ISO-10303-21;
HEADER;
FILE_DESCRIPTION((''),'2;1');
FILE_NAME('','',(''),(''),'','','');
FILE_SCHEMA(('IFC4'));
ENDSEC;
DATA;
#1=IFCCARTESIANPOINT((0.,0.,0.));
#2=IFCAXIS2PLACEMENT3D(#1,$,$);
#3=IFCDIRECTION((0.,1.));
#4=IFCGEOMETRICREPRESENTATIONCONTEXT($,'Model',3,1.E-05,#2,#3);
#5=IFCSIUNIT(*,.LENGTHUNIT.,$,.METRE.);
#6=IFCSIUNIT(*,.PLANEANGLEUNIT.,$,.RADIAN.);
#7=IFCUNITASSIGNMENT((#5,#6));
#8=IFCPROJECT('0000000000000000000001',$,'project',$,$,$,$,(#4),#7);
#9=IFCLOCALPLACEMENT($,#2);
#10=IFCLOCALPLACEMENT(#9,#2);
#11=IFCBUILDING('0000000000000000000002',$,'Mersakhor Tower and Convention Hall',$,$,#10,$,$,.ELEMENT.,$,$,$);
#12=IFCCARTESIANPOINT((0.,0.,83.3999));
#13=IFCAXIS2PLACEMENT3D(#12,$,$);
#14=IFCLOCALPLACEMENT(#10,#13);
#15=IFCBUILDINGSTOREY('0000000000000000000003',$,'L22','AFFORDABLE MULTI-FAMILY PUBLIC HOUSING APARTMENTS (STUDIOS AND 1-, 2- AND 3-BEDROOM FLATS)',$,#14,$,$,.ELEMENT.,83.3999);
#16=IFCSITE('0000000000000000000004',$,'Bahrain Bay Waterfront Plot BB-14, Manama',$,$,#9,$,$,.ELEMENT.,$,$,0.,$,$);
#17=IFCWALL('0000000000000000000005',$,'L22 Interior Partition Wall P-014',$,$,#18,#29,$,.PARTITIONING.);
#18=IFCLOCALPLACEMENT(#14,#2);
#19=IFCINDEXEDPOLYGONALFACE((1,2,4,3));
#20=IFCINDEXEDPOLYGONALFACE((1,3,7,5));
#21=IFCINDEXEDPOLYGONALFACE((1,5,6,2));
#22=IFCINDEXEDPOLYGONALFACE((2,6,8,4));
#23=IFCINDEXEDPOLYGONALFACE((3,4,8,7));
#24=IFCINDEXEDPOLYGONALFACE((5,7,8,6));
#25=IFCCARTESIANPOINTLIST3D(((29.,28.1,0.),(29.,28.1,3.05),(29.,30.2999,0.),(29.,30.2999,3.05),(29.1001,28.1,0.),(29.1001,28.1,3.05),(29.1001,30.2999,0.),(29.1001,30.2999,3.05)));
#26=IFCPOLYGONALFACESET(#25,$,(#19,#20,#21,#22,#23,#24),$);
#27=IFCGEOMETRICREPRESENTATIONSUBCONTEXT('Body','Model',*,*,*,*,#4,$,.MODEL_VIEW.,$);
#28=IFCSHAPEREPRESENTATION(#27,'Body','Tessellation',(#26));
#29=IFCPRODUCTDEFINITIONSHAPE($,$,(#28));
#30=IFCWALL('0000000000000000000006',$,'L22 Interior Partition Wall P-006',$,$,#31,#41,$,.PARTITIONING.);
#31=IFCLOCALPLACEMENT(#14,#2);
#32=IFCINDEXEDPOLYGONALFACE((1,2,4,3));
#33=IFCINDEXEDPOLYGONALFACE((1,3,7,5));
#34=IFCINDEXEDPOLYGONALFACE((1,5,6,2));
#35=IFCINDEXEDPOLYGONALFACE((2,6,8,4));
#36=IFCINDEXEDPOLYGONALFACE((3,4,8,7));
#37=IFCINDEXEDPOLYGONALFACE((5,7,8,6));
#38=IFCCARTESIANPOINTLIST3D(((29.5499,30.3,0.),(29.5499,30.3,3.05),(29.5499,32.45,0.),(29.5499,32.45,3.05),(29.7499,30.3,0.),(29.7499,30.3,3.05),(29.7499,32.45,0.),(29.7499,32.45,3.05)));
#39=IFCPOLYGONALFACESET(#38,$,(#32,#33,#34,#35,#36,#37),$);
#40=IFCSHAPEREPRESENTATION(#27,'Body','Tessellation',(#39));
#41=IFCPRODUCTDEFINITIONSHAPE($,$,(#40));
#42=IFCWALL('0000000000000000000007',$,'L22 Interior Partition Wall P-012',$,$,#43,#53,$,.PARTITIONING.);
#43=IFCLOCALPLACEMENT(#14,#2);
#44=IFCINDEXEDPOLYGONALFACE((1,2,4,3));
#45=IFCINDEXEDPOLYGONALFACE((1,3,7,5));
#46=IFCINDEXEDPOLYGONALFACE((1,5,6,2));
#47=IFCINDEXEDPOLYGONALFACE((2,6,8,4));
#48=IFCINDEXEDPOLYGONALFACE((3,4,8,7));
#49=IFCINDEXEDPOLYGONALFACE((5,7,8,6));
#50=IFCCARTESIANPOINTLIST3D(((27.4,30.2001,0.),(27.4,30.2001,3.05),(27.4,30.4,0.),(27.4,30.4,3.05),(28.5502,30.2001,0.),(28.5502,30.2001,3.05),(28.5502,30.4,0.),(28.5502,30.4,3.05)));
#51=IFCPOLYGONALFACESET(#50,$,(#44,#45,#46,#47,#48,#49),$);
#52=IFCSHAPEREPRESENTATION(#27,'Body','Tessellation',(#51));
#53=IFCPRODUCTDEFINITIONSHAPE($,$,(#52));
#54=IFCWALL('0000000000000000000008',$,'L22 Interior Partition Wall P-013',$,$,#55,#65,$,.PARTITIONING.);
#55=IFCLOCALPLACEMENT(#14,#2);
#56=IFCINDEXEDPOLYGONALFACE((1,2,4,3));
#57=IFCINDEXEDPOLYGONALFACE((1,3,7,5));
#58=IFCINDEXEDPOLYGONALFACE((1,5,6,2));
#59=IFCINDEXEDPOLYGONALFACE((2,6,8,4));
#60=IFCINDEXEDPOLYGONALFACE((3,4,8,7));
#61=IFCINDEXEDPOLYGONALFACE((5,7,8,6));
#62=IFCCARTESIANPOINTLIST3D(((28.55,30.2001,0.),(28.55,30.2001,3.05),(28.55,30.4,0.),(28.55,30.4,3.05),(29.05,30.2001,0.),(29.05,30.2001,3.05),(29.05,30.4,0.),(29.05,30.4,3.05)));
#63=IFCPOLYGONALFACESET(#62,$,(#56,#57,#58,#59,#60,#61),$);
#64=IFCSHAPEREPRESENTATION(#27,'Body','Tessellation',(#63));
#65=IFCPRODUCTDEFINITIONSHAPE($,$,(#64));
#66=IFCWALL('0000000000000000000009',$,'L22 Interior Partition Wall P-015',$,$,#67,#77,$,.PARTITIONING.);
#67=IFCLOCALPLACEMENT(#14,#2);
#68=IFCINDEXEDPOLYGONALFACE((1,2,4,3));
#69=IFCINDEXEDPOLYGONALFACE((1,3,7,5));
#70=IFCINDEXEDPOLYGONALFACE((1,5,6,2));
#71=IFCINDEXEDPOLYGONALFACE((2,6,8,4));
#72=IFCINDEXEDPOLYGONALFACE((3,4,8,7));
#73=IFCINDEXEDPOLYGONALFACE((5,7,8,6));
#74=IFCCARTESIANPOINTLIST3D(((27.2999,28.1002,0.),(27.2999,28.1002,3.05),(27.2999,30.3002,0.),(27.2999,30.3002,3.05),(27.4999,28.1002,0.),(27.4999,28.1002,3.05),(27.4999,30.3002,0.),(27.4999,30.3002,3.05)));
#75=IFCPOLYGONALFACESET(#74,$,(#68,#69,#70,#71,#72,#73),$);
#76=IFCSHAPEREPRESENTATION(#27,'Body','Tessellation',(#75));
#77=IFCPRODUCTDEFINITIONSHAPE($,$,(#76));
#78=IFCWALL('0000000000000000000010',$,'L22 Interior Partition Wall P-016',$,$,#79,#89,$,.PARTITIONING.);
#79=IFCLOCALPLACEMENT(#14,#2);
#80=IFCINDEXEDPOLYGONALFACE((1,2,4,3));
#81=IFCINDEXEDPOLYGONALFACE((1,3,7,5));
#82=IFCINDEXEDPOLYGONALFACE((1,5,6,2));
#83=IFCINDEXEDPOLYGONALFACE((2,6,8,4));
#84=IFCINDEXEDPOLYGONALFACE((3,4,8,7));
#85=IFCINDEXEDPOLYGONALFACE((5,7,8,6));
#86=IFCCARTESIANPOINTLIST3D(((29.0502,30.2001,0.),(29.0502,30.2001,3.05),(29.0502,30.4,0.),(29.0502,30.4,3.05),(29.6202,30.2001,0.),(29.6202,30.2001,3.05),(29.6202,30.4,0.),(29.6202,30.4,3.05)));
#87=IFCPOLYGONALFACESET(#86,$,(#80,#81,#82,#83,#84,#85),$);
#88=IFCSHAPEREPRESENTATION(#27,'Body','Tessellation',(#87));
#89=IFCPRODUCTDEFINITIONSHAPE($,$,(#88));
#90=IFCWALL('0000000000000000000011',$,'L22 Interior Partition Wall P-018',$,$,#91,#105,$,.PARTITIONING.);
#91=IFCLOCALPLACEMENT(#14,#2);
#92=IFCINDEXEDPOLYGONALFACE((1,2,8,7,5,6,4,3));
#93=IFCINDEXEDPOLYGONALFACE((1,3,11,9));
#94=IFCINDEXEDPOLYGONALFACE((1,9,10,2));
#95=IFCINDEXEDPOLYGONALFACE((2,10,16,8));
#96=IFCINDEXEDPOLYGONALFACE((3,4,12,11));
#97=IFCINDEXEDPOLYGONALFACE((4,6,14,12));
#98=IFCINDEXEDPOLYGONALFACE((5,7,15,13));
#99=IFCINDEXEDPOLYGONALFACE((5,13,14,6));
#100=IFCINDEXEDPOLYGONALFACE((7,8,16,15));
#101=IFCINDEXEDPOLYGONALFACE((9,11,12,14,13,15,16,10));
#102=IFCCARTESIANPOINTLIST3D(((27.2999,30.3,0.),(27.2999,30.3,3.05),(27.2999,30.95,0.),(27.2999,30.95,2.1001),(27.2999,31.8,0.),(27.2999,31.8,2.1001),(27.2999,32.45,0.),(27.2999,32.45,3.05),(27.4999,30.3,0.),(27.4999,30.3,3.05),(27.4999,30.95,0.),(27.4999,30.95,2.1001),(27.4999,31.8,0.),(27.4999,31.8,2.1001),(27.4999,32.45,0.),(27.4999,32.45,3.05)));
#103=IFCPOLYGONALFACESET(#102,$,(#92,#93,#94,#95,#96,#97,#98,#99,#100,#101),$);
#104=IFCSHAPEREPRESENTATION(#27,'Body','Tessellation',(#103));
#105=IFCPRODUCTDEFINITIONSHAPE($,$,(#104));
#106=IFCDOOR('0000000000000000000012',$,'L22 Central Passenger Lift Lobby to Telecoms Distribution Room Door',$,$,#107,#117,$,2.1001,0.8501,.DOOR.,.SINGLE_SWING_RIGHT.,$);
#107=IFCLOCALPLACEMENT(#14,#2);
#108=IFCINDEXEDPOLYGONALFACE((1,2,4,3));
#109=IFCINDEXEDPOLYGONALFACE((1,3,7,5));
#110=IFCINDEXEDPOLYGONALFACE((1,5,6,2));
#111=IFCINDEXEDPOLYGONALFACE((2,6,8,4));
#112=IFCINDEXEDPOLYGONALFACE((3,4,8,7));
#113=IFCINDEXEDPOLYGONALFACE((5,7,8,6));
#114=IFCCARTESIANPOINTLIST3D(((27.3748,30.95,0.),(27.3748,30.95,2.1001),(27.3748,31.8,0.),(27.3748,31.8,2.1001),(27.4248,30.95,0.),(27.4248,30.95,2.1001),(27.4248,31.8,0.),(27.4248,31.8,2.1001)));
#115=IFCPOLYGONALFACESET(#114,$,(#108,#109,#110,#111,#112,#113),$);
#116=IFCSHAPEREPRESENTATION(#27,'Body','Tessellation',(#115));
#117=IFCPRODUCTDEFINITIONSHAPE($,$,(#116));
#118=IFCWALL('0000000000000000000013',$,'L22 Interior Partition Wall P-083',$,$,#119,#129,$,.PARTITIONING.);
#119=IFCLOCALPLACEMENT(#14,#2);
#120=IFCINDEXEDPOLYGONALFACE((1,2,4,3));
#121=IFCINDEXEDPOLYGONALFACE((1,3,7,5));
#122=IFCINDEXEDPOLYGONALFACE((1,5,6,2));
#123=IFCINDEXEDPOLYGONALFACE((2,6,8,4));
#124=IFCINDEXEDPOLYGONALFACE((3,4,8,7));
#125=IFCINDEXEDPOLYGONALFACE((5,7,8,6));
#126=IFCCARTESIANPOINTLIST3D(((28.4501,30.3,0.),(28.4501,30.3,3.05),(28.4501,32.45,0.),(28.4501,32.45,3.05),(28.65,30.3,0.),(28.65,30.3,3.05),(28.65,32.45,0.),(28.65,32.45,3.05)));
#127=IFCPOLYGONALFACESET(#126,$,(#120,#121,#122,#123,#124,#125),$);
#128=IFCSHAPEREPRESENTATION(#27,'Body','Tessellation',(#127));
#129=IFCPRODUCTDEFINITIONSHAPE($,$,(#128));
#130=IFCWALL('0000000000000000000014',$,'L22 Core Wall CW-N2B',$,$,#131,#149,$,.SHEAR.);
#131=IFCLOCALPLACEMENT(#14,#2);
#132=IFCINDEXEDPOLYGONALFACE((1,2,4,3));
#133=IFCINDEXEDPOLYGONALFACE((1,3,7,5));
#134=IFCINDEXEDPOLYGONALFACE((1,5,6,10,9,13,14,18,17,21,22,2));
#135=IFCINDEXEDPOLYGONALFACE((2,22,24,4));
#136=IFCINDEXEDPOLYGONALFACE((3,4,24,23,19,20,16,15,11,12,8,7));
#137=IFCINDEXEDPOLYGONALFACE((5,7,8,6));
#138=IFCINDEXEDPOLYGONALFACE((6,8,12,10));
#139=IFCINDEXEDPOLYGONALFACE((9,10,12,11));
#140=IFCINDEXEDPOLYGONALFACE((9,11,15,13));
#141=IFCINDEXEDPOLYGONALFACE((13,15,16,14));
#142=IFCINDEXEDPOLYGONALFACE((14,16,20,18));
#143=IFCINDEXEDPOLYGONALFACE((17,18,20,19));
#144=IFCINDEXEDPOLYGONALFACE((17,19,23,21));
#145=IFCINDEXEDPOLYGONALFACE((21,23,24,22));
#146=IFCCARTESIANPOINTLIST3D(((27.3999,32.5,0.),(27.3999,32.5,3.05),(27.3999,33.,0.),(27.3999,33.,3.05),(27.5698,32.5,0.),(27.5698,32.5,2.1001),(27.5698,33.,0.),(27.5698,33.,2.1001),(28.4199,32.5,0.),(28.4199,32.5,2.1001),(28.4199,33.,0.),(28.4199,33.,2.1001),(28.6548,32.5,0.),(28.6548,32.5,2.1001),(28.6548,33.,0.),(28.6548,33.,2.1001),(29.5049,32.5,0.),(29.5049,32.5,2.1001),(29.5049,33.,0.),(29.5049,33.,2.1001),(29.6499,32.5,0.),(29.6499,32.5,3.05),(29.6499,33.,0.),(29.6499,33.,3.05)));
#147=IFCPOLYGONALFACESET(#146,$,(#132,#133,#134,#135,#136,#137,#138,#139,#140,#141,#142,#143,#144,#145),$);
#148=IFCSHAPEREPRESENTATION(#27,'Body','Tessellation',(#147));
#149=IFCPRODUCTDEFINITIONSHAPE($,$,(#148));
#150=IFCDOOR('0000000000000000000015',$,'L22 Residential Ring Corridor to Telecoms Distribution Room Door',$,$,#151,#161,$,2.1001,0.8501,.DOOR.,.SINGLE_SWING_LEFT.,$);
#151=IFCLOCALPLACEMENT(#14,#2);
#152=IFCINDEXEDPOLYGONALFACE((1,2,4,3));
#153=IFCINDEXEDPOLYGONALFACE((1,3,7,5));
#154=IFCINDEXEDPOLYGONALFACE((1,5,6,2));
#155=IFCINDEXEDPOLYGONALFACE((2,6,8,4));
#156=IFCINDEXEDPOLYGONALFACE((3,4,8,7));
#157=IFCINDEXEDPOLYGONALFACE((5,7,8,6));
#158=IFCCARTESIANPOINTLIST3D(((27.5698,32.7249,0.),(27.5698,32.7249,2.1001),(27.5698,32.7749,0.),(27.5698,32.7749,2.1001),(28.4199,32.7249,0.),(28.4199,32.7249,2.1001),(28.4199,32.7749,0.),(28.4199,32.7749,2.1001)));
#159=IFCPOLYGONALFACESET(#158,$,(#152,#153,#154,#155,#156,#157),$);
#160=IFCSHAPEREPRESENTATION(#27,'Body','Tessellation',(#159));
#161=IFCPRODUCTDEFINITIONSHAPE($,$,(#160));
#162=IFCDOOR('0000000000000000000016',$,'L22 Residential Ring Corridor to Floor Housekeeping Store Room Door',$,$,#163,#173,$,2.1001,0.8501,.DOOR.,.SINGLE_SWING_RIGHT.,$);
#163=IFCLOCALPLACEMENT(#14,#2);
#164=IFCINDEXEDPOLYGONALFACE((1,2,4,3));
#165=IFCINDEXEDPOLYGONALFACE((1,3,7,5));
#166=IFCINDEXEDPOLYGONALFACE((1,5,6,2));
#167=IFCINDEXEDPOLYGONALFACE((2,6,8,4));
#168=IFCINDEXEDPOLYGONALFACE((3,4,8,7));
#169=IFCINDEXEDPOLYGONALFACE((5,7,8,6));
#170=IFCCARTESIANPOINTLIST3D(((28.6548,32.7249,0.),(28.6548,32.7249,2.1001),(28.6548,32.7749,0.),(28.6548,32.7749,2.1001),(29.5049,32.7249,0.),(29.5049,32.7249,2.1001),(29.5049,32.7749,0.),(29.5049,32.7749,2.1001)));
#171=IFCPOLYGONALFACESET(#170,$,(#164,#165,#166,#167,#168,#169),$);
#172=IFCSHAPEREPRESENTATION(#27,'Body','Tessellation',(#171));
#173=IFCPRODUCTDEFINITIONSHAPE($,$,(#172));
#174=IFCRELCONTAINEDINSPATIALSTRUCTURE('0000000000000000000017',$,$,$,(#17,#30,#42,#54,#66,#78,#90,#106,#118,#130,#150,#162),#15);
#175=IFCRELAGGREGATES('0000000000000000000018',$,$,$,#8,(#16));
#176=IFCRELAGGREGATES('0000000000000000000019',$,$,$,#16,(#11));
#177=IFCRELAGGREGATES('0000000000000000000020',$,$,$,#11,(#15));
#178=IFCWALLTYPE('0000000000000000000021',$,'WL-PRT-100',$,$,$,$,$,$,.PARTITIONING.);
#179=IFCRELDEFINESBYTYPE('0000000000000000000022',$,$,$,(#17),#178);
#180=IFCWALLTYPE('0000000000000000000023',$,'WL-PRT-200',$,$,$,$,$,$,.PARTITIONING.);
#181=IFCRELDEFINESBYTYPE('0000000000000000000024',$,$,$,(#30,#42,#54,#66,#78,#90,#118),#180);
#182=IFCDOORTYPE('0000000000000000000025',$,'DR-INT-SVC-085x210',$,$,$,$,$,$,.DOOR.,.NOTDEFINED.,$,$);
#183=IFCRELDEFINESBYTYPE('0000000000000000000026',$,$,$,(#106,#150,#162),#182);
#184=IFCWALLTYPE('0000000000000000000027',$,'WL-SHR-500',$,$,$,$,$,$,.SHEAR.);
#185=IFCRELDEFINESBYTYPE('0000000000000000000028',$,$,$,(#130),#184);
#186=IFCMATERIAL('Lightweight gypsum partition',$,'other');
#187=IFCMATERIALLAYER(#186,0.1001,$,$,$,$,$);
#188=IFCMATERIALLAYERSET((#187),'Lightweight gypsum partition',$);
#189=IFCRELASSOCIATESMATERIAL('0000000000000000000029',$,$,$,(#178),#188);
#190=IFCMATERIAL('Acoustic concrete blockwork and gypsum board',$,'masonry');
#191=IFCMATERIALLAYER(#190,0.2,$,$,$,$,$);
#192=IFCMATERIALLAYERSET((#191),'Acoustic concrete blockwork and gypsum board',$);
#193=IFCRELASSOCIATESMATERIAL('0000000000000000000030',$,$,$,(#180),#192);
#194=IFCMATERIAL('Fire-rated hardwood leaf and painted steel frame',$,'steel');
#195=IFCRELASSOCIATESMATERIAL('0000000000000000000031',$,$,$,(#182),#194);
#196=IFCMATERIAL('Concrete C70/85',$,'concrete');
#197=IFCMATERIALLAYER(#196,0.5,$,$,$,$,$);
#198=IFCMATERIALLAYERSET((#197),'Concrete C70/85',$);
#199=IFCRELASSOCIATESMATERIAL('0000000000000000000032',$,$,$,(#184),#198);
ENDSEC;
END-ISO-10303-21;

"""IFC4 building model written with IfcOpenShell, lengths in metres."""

from ifc_helpers import new_model, si_unit, direction, frame, frame_2d, origin, place, context, subcontext, project, spatial, rectangle, extrude, material, layer, layer_set, type_object, element, fill, save


model = new_model("IFC4")

# Units and contexts
model_context = context("Model", 3, precision=1e-05, world=origin(), true_north=direction((0.0, 1.0)))
body_context = subcontext(model_context, "Body", "Model", "MODEL_VIEW")
ifc_project = project(units=[si_unit("LENGTHUNIT", "METRE"), si_unit("PLANEANGLEUNIT", "RADIAN")], contexts=[model_context])

# Site, building, storey
site_placement = place(None, origin())
site = spatial("IfcSite", under=ifc_project, at=site_placement, Name="Bahrain Bay Waterfront Plot BB-14, Manama", CompositionType="ELEMENT", RefElevation=0.0)
building_placement = place(site_placement, origin())
building = spatial("IfcBuilding", under=site, at=building_placement, Name="Mersakhor Tower and Convention Hall", CompositionType="ELEMENT")
storey_placement = place(building_placement, frame((0.0, 0.0, 83.3999)))
storey = spatial("IfcBuildingStorey", under=building, at=storey_placement, Name="L22", Description="AFFORDABLE MULTI-FAMILY PUBLIC HOUSING APARTMENTS (STUDIOS AND 1-, 2- AND 3-BEDROOM FLATS)", CompositionType="ELEMENT", Elevation=83.3999)

# Wall
ifc_material_1 = material(Name="Lightweight gypsum partition", Category="other")
ifc_layer_1 = layer(ifc_material_1, 0.1001)
ifc_layer_set_1 = layer_set([ifc_layer_1], Name="Lightweight gypsum partition")
wall_type_1 = type_object("IfcWallType", Name="WL-PRT-100", PredefinedType="PARTITIONING", material=ifc_layer_set_1)
wall_1_placement = place(storey_placement, frame((29.05, 30.3, 0.0), z_axis=(0.0, 0.0, 1.0), x_axis=(0.0, -1.0, 0.0)))
element("IfcWall", 1, at=wall_1_placement, inside=storey, type_object=wall_type_1, Name="L22 Interior Partition Wall P-014", PredefinedType="PARTITIONING", context=body_context, shape_type="SweptSolid", body=[
    extrude(rectangle(XDim=2.2, YDim=0.1001, at=frame_2d((1.1001, 0.0))), origin(), (0.0, 0.0, 1.0), 3.05),
])

# Shared definitions
ifc_material_2 = material(Name="Acoustic concrete blockwork and gypsum board", Category="masonry")
ifc_layer_2 = layer(ifc_material_2, 0.2)
ifc_layer_set_2 = layer_set([ifc_layer_2], Name="Acoustic concrete blockwork and gypsum board")
wall_type_2 = type_object("IfcWallType", Name="WL-PRT-200", PredefinedType="PARTITIONING", material=ifc_layer_set_2)

# Walls
wall_2_placement = place(storey_placement, frame((29.6499, 30.3, 0.0), z_axis=(0.0, 0.0, 1.0), x_axis=(0.0, 1.0, 0.0)))
element("IfcWall", 2, at=wall_2_placement, inside=storey, type_object=wall_type_2, Name="L22 Interior Partition Wall P-006", PredefinedType="PARTITIONING", context=body_context, shape_type="SweptSolid", body=[
    extrude(rectangle(XDim=2.1499, YDim=0.2, at=frame_2d((1.075, 0.0))), origin(), (0.0, 0.0, 1.0), 3.05),
])
wall_3_placement = place(storey_placement, frame((27.3999, 30.3, 0.0), z_axis=(0.0, 0.0, 1.0), x_axis=(1.0, 0.0, 0.0)))
element("IfcWall", 3, at=wall_3_placement, inside=storey, type_object=wall_type_2, Name="L22 Interior Partition Wall P-012", PredefinedType="PARTITIONING", context=body_context, shape_type="SweptSolid", body=[
    extrude(rectangle(XDim=1.1501, YDim=0.2, at=frame_2d((0.5752, 0.0))), origin(), (0.0, 0.0, 1.0), 3.05),
])
wall_4_placement = place(storey_placement, frame((28.55, 30.3, 0.0), z_axis=(0.0, 0.0, 1.0), x_axis=(1.0, 0.0, 0.0)))
element("IfcWall", 4, at=wall_4_placement, inside=storey, type_object=wall_type_2, Name="L22 Interior Partition Wall P-013", PredefinedType="PARTITIONING", context=body_context, shape_type="SweptSolid", body=[
    extrude(rectangle(XDim=0.5, YDim=0.2, at=frame_2d((0.25, 0.0))), origin(), (0.0, 0.0, 1.0), 3.05),
])
wall_5_placement = place(storey_placement, frame((27.3999, 28.1001, 0.0), z_axis=(0.0, 0.0, 1.0), x_axis=(0.0, 1.0, 0.0)))
element("IfcWall", 5, at=wall_5_placement, inside=storey, type_object=wall_type_2, Name="L22 Interior Partition Wall P-015", PredefinedType="PARTITIONING", context=body_context, shape_type="SweptSolid", body=[
    extrude(rectangle(XDim=2.2, YDim=0.2, at=frame_2d((1.1001, 0.0))), origin(), (0.0, 0.0, 1.0), 3.05),
])
wall_6_placement = place(storey_placement, frame((29.05, 30.3, 0.0), z_axis=(0.0, 0.0, 1.0), x_axis=(1.0, 0.0, 0.0)))
element("IfcWall", 6, at=wall_6_placement, inside=storey, type_object=wall_type_2, Name="L22 Interior Partition Wall P-016", PredefinedType="PARTITIONING", context=body_context, shape_type="SweptSolid", body=[
    extrude(rectangle(XDim=0.5701, YDim=0.2, at=frame_2d((0.2852, 0.0))), origin(), (0.0, 0.0, 1.0), 3.05),
])

# Wall, opening, door
wall_7_placement = place(storey_placement, frame((27.3999, 32.45, 0.0), z_axis=(0.0, 0.0, 1.0), x_axis=(0.0, -1.0, 0.0)))
wall_7 = element("IfcWall", 7, at=wall_7_placement, inside=storey, type_object=wall_type_2, Name="L22 Interior Partition Wall P-018", PredefinedType="PARTITIONING", context=body_context, shape_type="SweptSolid", body=[
    extrude(rectangle(XDim=2.1499, YDim=0.2, at=frame_2d((1.075, 0.0))), origin(), (0.0, 0.0, 1.0), 3.05),
])
opening_1_placement = place(wall_7_placement, frame((0.6499, 0.0, 0.0)))
opening_1 = element("IfcOpeningElement", 8, at=opening_1_placement, cuts=wall_7, PredefinedType="OPENING", context=body_context, shape_type="SweptSolid", body=[
    extrude(rectangle(XDim=0.8501, YDim=2.1001, at=frame_2d((0.425, 1.05))), frame((0.0, 0.1099, 0.0), z_axis=(0.0, -1.0, 0.0), x_axis=(1.0, 0.0, 0.0)), (0.0, 0.0, 1.0), 0.22),
])
ifc_material_3 = material(Name="Fire-rated hardwood leaf and painted steel frame", Category="steel")
door_type_1 = type_object("IfcDoorType", Name="DR-INT-SVC-085x210", OperationType="NOTDEFINED", PredefinedType="DOOR", material=ifc_material_3)
door_1_placement = place(opening_1_placement, origin())
door_1 = element("IfcDoor", 9, at=door_1_placement, inside=storey, type_object=door_type_1, Name="L22 Central Passenger Lift Lobby to Telecoms Distribution Room Door", OperationType="SINGLE_SWING_RIGHT", OverallHeight=2.1001, OverallWidth=0.8501, PredefinedType="DOOR", context=body_context, shape_type="SweptSolid", body=[
    extrude(rectangle(XDim=0.8501, YDim=2.1001, at=frame_2d((0.425, 1.05))), frame((0.0, 0.0249, 0.0), z_axis=(0.0, -1.0, 0.0), x_axis=(1.0, 0.0, 0.0)), (0.0, 0.0, 1.0), 0.05),
])
fill(opening_1, door_1)

# Wall
wall_8_placement = place(storey_placement, frame((28.55, 32.45, 0.0), z_axis=(0.0, 0.0, 1.0), x_axis=(0.0, -1.0, 0.0)))
element("IfcWall", 10, at=wall_8_placement, inside=storey, type_object=wall_type_2, Name="L22 Interior Partition Wall P-083", PredefinedType="PARTITIONING", context=body_context, shape_type="SweptSolid", body=[
    extrude(rectangle(XDim=2.1499, YDim=0.2, at=frame_2d((1.075, 0.0))), origin(), (0.0, 0.0, 1.0), 3.05),
])

# Shared definitions
ifc_material_4 = material(Name="Concrete C70/85", Category="concrete")
ifc_layer_3 = layer(ifc_material_4, 0.5)
ifc_layer_set_3 = layer_set([ifc_layer_3], Name="Concrete C70/85")
wall_type_3 = type_object("IfcWallType", Name="WL-SHR-500", PredefinedType="SHEAR", material=ifc_layer_set_3)

# Wall, openings, doors
wall_9_placement = place(storey_placement, frame((27.3999, 32.75, 0.0), z_axis=(0.0, 0.0, 1.0), x_axis=(1.0, 0.0, 0.0)))
wall_9 = element("IfcWall", 11, at=wall_9_placement, inside=storey, type_object=wall_type_3, Name="L22 Core Wall CW-N2B", PredefinedType="SHEAR", context=body_context, shape_type="SweptSolid", body=[
    extrude(rectangle(XDim=2.25, YDim=0.5, at=frame_2d((1.125, 0.0))), origin(), (0.0, 0.0, 1.0), 3.05),
])
opening_2_placement = place(wall_9_placement, frame((0.1699, 0.0, 0.0)))
opening_2 = element("IfcOpeningElement", 12, at=opening_2_placement, cuts=wall_9, PredefinedType="OPENING", context=body_context, shape_type="SweptSolid", body=[
    extrude(rectangle(XDim=0.8501, YDim=2.1001, at=frame_2d((0.425, 1.05))), frame((0.0, 0.26, 0.0), z_axis=(0.0, -1.0, 0.0), x_axis=(1.0, 0.0, 0.0)), (0.0, 0.0, 1.0), 0.52),
])
opening_3_placement = place(wall_9_placement, frame((1.2549, 0.0, 0.0)))
opening_3 = element("IfcOpeningElement", 13, at=opening_3_placement, cuts=wall_9, PredefinedType="OPENING", context=body_context, shape_type="SweptSolid", body=[
    extrude(rectangle(XDim=0.8501, YDim=2.1001, at=frame_2d((0.425, 1.05))), frame((0.0, 0.26, 0.0), z_axis=(0.0, -1.0, 0.0), x_axis=(1.0, 0.0, 0.0)), (0.0, 0.0, 1.0), 0.52),
])
door_2_placement = place(opening_2_placement, origin())
door_2 = element("IfcDoor", 14, at=door_2_placement, inside=storey, type_object=door_type_1, Name="L22 Residential Ring Corridor to Telecoms Distribution Room Door", OperationType="SINGLE_SWING_LEFT", OverallHeight=2.1001, OverallWidth=0.8501, PredefinedType="DOOR", context=body_context, shape_type="SweptSolid", body=[
    extrude(rectangle(XDim=0.8501, YDim=2.1001, at=frame_2d((0.425, 1.05))), frame((0.0, 0.0249, 0.0), z_axis=(0.0, -1.0, 0.0), x_axis=(1.0, 0.0, 0.0)), (0.0, 0.0, 1.0), 0.05),
])
fill(opening_2, door_2)
door_3_placement = place(opening_3_placement, origin())
door_3 = element("IfcDoor", 15, at=door_3_placement, inside=storey, type_object=door_type_1, Name="L22 Residential Ring Corridor to Floor Housekeeping Store Room Door", OperationType="SINGLE_SWING_RIGHT", OverallHeight=2.1001, OverallWidth=0.8501, PredefinedType="DOOR", context=body_context, shape_type="SweptSolid", body=[
    extrude(rectangle(XDim=0.8501, YDim=2.1001, at=frame_2d((0.425, 1.05))), frame((0.0, 0.0249, 0.0), z_axis=(0.0, -1.0, 0.0), x_axis=(1.0, 0.0, 0.0)), (0.0, 0.0, 1.0), 0.05),
])
fill(opening_3, door_3)

save(model, "model.ifc")
